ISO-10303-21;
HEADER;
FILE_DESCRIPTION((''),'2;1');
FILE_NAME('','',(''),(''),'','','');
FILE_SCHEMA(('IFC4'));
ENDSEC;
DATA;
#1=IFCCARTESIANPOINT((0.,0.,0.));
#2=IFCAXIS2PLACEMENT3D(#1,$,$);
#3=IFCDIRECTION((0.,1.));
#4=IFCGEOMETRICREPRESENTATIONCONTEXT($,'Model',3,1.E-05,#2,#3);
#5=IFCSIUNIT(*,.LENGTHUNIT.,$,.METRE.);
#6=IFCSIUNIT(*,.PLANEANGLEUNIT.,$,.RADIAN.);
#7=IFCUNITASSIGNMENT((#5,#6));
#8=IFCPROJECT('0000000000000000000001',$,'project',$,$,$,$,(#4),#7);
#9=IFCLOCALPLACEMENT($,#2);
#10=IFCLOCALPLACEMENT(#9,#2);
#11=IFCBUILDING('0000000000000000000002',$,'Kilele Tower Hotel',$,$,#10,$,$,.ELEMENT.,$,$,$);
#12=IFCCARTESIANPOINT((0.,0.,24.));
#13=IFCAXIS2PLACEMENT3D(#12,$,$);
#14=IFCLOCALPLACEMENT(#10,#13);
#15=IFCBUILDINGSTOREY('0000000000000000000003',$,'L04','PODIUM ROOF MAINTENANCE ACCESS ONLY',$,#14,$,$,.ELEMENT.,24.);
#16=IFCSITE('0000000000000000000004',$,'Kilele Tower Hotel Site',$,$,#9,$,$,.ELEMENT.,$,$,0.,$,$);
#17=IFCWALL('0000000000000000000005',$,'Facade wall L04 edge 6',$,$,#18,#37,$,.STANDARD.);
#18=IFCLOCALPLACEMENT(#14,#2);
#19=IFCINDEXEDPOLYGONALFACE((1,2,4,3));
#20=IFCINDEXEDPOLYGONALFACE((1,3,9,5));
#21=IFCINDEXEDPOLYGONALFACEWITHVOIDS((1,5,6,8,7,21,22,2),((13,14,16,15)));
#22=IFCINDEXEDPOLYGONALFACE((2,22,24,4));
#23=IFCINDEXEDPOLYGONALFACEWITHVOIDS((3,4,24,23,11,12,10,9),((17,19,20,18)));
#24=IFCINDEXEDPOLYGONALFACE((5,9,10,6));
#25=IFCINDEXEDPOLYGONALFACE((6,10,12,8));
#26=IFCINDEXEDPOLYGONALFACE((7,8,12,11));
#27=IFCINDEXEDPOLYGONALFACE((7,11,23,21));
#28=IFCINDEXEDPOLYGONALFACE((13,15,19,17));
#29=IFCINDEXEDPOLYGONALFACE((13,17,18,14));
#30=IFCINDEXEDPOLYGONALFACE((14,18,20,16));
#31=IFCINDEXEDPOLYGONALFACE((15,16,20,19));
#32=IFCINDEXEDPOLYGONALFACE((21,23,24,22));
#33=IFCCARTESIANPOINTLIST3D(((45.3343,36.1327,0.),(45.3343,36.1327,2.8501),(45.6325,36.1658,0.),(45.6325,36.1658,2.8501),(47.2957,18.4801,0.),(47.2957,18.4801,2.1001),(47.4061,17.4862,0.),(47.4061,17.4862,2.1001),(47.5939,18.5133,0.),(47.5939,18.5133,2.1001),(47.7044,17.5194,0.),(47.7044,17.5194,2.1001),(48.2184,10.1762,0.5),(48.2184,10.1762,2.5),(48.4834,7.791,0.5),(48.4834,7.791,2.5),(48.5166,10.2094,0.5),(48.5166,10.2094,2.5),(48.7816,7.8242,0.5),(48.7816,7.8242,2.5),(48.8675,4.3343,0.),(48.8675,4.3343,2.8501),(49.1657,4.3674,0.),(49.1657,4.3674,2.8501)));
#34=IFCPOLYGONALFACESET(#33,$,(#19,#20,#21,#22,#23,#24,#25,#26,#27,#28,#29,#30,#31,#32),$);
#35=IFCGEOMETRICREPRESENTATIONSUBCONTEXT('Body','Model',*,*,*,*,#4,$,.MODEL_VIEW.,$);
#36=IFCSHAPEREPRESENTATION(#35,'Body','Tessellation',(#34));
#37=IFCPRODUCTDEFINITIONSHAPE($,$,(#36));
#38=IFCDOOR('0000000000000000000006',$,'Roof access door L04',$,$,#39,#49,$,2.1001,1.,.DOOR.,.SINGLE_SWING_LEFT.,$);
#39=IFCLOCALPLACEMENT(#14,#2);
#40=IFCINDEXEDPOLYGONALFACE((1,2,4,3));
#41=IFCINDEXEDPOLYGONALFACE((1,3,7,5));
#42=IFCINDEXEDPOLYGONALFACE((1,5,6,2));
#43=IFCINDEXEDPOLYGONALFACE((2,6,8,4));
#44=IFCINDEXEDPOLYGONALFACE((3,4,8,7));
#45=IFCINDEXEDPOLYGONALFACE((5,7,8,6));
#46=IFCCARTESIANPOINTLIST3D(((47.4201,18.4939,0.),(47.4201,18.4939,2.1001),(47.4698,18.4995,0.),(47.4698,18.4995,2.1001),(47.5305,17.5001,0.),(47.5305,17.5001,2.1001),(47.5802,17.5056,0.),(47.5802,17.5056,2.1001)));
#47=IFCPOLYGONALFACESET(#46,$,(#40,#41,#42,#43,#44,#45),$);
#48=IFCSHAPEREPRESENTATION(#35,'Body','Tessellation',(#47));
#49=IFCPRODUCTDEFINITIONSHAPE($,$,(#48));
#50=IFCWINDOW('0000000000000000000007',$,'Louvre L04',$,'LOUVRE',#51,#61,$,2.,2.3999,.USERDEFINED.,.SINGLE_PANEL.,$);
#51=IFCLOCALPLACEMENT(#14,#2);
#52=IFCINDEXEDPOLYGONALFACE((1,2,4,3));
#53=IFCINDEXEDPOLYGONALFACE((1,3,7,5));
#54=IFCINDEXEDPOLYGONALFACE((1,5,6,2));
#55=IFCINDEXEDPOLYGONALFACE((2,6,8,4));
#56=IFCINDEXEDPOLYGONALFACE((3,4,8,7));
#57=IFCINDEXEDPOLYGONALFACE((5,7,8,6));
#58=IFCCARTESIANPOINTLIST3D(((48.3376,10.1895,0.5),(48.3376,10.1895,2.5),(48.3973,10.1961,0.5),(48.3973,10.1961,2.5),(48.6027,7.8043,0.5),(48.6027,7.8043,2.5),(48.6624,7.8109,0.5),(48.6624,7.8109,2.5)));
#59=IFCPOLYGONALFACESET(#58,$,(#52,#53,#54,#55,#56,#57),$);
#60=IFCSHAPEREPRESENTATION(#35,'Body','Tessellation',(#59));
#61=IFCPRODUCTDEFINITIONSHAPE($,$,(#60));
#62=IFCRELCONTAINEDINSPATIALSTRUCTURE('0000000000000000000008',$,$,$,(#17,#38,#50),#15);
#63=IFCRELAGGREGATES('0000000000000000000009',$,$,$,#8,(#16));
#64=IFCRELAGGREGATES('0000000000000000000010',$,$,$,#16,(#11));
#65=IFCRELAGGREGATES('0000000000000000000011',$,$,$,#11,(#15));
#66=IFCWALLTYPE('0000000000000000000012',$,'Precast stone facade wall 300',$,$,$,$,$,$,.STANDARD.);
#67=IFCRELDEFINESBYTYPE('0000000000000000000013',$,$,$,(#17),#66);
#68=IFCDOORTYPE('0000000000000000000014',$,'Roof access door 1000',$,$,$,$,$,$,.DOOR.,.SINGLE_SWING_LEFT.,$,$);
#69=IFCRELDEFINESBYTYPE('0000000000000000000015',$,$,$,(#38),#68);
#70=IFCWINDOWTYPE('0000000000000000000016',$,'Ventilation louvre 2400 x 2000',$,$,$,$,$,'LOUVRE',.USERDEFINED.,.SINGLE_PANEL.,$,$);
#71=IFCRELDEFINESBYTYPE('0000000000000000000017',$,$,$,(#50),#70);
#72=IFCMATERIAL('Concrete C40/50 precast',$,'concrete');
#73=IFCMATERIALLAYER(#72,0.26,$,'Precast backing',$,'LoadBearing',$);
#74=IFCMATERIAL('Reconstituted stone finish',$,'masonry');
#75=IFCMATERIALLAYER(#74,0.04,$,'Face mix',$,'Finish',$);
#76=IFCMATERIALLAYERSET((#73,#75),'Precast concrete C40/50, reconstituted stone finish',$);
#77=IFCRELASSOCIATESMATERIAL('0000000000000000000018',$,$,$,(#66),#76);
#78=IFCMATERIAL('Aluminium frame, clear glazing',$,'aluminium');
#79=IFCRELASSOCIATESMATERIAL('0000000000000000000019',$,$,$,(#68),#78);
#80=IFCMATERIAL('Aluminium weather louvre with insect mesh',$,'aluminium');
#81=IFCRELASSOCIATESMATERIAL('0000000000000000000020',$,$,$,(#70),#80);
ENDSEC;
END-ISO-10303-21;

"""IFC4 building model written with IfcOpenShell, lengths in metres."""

from ifc_helpers import new_model, si_unit, direction, frame, frame_2d, origin, place, context, subcontext, project, spatial, rectangle, extrude, material, layer, layer_set, type_object, element, fill, save


model = new_model("IFC4")

# Units and contexts
model_context = context("Model", 3, precision=1e-05, world=origin(), true_north=direction((0.0, 1.0)))
body_context = subcontext(model_context, "Body", "Model", "MODEL_VIEW")
ifc_project = project(units=[si_unit("LENGTHUNIT", "METRE"), si_unit("PLANEANGLEUNIT", "RADIAN")], contexts=[model_context])

# Site, building, storey
site_placement = place(None, origin())
site = spatial("IfcSite", under=ifc_project, at=site_placement, Name="Kilele Tower Hotel Site", CompositionType="ELEMENT", RefElevation=0.0)
building_placement = place(site_placement, origin())
building = spatial("IfcBuilding", under=site, at=building_placement, Name="Kilele Tower Hotel", CompositionType="ELEMENT")
storey_placement = place(building_placement, frame((0.0, 0.0, 24.0)))
storey = spatial("IfcBuildingStorey", under=building, at=storey_placement, Name="L04", Description="PODIUM ROOF MAINTENANCE ACCESS ONLY", CompositionType="ELEMENT", Elevation=24.0)

# Shared definitions
ifc_material_1 = material(Name="Concrete C40/50 precast", Category="concrete")
ifc_layer_1 = layer(ifc_material_1, 0.26, Name="Precast backing", Category="LoadBearing")
ifc_material_2 = material(Name="Reconstituted stone finish", Category="masonry")
ifc_layer_2 = layer(ifc_material_2, 0.04, Name="Face mix", Category="Finish")
ifc_layer_set_1 = layer_set([ifc_layer_1, ifc_layer_2], Name="Precast concrete C40/50, reconstituted stone finish")
wall_type_1 = type_object("IfcWallType", Name="Precast stone facade wall 300", PredefinedType="STANDARD", material=ifc_layer_set_1)

# Wall, openings, door, window
wall_1_placement = place(storey_placement, frame((49.0166, 4.3508, 0.0), z_axis=(0.0, 0.0, 1.0), x_axis=(-0.110433, 0.993884, 0.0)))
wall_1 = element("IfcWall", 1, at=wall_1_placement, inside=storey, type_object=wall_type_1, Name="Facade wall L04 edge 6", PredefinedType="STANDARD", context=body_context, shape_type="SweptSolid", body=[
    extrude(rectangle(XDim=31.9941, YDim=0.3, at=frame_2d((15.9971, 0.0))), origin(), (0.0, 0.0, 1.0), 2.8501),
])
opening_1_placement = place(wall_1_placement, frame((3.478, 0.0, 0.5)))
opening_1 = element("IfcOpeningElement", 2, at=opening_1_placement, cuts=wall_1, PredefinedType="OPENING", context=body_context, shape_type="SweptSolid", body=[
    extrude(rectangle(XDim=2.3999, YDim=2.0, at=frame_2d((1.2, 1.0))), frame((0.0, 0.1599, 0.0), z_axis=(0.0, -1.0, 0.0), x_axis=(1.0, 0.0, 0.0)), (0.0, 0.0, 1.0), 0.3201),
])
opening_2_placement = place(wall_1_placement, frame((13.2329, 0.0, 0.0)))
opening_2 = element("IfcOpeningElement", 3, at=opening_2_placement, cuts=wall_1, PredefinedType="OPENING", context=body_context, shape_type="SweptSolid", body=[
    extrude(rectangle(XDim=1.0, YDim=2.1001, at=frame_2d((0.5, 1.05))), frame((0.0, 0.1599, 0.0), z_axis=(0.0, -1.0, 0.0), x_axis=(1.0, 0.0, 0.0)), (0.0, 0.0, 1.0), 0.3201),
])
ifc_material_3 = material(Name="Aluminium frame, clear glazing", Category="aluminium")
door_type_1 = type_object("IfcDoorType", Name="Roof access door 1000", OperationType="SINGLE_SWING_LEFT", PredefinedType="DOOR", material=ifc_material_3)
door_1_placement = place(opening_2_placement, origin())
door_1 = element("IfcDoor", 4, at=door_1_placement, inside=storey, type_object=door_type_1, Name="Roof access door L04", OperationType="SINGLE_SWING_LEFT", OverallHeight=2.1001, OverallWidth=1.0, PredefinedType="DOOR", context=body_context, shape_type="SweptSolid", body=[
    extrude(rectangle(XDim=1.0, YDim=2.1001, at=frame_2d((0.5, 1.05))), frame((0.0, 0.0249, 0.0), z_axis=(0.0, -1.0, 0.0), x_axis=(1.0, 0.0, 0.0)), (0.0, 0.0, 1.0), 0.05),
])
fill(opening_2, door_1)
ifc_material_4 = material(Name="Aluminium weather louvre with insect mesh", Category="aluminium")
window_type_1 = type_object("IfcWindowType", Name="Ventilation louvre 2400 x 2000", ElementType="LOUVRE", PartitioningType="SINGLE_PANEL", PredefinedType="USERDEFINED", material=ifc_material_4)
window_1_placement = place(opening_1_placement, origin())
window_1 = element("IfcWindow", 5, at=window_1_placement, inside=storey, type_object=window_type_1, Name="Louvre L04", ObjectType="LOUVRE", OverallHeight=2.0, OverallWidth=2.3999, PartitioningType="SINGLE_PANEL", PredefinedType="USERDEFINED", context=body_context, shape_type="SweptSolid", body=[
    extrude(rectangle(XDim=2.3999, YDim=2.0, at=frame_2d((1.2, 1.0))), frame((0.0, 0.03, 0.0), z_axis=(0.0, -1.0, 0.0), x_axis=(1.0, 0.0, 0.0)), (0.0, 0.0, 1.0), 0.0601),
])
fill(opening_1, window_1)

save(model, "model.ifc")
